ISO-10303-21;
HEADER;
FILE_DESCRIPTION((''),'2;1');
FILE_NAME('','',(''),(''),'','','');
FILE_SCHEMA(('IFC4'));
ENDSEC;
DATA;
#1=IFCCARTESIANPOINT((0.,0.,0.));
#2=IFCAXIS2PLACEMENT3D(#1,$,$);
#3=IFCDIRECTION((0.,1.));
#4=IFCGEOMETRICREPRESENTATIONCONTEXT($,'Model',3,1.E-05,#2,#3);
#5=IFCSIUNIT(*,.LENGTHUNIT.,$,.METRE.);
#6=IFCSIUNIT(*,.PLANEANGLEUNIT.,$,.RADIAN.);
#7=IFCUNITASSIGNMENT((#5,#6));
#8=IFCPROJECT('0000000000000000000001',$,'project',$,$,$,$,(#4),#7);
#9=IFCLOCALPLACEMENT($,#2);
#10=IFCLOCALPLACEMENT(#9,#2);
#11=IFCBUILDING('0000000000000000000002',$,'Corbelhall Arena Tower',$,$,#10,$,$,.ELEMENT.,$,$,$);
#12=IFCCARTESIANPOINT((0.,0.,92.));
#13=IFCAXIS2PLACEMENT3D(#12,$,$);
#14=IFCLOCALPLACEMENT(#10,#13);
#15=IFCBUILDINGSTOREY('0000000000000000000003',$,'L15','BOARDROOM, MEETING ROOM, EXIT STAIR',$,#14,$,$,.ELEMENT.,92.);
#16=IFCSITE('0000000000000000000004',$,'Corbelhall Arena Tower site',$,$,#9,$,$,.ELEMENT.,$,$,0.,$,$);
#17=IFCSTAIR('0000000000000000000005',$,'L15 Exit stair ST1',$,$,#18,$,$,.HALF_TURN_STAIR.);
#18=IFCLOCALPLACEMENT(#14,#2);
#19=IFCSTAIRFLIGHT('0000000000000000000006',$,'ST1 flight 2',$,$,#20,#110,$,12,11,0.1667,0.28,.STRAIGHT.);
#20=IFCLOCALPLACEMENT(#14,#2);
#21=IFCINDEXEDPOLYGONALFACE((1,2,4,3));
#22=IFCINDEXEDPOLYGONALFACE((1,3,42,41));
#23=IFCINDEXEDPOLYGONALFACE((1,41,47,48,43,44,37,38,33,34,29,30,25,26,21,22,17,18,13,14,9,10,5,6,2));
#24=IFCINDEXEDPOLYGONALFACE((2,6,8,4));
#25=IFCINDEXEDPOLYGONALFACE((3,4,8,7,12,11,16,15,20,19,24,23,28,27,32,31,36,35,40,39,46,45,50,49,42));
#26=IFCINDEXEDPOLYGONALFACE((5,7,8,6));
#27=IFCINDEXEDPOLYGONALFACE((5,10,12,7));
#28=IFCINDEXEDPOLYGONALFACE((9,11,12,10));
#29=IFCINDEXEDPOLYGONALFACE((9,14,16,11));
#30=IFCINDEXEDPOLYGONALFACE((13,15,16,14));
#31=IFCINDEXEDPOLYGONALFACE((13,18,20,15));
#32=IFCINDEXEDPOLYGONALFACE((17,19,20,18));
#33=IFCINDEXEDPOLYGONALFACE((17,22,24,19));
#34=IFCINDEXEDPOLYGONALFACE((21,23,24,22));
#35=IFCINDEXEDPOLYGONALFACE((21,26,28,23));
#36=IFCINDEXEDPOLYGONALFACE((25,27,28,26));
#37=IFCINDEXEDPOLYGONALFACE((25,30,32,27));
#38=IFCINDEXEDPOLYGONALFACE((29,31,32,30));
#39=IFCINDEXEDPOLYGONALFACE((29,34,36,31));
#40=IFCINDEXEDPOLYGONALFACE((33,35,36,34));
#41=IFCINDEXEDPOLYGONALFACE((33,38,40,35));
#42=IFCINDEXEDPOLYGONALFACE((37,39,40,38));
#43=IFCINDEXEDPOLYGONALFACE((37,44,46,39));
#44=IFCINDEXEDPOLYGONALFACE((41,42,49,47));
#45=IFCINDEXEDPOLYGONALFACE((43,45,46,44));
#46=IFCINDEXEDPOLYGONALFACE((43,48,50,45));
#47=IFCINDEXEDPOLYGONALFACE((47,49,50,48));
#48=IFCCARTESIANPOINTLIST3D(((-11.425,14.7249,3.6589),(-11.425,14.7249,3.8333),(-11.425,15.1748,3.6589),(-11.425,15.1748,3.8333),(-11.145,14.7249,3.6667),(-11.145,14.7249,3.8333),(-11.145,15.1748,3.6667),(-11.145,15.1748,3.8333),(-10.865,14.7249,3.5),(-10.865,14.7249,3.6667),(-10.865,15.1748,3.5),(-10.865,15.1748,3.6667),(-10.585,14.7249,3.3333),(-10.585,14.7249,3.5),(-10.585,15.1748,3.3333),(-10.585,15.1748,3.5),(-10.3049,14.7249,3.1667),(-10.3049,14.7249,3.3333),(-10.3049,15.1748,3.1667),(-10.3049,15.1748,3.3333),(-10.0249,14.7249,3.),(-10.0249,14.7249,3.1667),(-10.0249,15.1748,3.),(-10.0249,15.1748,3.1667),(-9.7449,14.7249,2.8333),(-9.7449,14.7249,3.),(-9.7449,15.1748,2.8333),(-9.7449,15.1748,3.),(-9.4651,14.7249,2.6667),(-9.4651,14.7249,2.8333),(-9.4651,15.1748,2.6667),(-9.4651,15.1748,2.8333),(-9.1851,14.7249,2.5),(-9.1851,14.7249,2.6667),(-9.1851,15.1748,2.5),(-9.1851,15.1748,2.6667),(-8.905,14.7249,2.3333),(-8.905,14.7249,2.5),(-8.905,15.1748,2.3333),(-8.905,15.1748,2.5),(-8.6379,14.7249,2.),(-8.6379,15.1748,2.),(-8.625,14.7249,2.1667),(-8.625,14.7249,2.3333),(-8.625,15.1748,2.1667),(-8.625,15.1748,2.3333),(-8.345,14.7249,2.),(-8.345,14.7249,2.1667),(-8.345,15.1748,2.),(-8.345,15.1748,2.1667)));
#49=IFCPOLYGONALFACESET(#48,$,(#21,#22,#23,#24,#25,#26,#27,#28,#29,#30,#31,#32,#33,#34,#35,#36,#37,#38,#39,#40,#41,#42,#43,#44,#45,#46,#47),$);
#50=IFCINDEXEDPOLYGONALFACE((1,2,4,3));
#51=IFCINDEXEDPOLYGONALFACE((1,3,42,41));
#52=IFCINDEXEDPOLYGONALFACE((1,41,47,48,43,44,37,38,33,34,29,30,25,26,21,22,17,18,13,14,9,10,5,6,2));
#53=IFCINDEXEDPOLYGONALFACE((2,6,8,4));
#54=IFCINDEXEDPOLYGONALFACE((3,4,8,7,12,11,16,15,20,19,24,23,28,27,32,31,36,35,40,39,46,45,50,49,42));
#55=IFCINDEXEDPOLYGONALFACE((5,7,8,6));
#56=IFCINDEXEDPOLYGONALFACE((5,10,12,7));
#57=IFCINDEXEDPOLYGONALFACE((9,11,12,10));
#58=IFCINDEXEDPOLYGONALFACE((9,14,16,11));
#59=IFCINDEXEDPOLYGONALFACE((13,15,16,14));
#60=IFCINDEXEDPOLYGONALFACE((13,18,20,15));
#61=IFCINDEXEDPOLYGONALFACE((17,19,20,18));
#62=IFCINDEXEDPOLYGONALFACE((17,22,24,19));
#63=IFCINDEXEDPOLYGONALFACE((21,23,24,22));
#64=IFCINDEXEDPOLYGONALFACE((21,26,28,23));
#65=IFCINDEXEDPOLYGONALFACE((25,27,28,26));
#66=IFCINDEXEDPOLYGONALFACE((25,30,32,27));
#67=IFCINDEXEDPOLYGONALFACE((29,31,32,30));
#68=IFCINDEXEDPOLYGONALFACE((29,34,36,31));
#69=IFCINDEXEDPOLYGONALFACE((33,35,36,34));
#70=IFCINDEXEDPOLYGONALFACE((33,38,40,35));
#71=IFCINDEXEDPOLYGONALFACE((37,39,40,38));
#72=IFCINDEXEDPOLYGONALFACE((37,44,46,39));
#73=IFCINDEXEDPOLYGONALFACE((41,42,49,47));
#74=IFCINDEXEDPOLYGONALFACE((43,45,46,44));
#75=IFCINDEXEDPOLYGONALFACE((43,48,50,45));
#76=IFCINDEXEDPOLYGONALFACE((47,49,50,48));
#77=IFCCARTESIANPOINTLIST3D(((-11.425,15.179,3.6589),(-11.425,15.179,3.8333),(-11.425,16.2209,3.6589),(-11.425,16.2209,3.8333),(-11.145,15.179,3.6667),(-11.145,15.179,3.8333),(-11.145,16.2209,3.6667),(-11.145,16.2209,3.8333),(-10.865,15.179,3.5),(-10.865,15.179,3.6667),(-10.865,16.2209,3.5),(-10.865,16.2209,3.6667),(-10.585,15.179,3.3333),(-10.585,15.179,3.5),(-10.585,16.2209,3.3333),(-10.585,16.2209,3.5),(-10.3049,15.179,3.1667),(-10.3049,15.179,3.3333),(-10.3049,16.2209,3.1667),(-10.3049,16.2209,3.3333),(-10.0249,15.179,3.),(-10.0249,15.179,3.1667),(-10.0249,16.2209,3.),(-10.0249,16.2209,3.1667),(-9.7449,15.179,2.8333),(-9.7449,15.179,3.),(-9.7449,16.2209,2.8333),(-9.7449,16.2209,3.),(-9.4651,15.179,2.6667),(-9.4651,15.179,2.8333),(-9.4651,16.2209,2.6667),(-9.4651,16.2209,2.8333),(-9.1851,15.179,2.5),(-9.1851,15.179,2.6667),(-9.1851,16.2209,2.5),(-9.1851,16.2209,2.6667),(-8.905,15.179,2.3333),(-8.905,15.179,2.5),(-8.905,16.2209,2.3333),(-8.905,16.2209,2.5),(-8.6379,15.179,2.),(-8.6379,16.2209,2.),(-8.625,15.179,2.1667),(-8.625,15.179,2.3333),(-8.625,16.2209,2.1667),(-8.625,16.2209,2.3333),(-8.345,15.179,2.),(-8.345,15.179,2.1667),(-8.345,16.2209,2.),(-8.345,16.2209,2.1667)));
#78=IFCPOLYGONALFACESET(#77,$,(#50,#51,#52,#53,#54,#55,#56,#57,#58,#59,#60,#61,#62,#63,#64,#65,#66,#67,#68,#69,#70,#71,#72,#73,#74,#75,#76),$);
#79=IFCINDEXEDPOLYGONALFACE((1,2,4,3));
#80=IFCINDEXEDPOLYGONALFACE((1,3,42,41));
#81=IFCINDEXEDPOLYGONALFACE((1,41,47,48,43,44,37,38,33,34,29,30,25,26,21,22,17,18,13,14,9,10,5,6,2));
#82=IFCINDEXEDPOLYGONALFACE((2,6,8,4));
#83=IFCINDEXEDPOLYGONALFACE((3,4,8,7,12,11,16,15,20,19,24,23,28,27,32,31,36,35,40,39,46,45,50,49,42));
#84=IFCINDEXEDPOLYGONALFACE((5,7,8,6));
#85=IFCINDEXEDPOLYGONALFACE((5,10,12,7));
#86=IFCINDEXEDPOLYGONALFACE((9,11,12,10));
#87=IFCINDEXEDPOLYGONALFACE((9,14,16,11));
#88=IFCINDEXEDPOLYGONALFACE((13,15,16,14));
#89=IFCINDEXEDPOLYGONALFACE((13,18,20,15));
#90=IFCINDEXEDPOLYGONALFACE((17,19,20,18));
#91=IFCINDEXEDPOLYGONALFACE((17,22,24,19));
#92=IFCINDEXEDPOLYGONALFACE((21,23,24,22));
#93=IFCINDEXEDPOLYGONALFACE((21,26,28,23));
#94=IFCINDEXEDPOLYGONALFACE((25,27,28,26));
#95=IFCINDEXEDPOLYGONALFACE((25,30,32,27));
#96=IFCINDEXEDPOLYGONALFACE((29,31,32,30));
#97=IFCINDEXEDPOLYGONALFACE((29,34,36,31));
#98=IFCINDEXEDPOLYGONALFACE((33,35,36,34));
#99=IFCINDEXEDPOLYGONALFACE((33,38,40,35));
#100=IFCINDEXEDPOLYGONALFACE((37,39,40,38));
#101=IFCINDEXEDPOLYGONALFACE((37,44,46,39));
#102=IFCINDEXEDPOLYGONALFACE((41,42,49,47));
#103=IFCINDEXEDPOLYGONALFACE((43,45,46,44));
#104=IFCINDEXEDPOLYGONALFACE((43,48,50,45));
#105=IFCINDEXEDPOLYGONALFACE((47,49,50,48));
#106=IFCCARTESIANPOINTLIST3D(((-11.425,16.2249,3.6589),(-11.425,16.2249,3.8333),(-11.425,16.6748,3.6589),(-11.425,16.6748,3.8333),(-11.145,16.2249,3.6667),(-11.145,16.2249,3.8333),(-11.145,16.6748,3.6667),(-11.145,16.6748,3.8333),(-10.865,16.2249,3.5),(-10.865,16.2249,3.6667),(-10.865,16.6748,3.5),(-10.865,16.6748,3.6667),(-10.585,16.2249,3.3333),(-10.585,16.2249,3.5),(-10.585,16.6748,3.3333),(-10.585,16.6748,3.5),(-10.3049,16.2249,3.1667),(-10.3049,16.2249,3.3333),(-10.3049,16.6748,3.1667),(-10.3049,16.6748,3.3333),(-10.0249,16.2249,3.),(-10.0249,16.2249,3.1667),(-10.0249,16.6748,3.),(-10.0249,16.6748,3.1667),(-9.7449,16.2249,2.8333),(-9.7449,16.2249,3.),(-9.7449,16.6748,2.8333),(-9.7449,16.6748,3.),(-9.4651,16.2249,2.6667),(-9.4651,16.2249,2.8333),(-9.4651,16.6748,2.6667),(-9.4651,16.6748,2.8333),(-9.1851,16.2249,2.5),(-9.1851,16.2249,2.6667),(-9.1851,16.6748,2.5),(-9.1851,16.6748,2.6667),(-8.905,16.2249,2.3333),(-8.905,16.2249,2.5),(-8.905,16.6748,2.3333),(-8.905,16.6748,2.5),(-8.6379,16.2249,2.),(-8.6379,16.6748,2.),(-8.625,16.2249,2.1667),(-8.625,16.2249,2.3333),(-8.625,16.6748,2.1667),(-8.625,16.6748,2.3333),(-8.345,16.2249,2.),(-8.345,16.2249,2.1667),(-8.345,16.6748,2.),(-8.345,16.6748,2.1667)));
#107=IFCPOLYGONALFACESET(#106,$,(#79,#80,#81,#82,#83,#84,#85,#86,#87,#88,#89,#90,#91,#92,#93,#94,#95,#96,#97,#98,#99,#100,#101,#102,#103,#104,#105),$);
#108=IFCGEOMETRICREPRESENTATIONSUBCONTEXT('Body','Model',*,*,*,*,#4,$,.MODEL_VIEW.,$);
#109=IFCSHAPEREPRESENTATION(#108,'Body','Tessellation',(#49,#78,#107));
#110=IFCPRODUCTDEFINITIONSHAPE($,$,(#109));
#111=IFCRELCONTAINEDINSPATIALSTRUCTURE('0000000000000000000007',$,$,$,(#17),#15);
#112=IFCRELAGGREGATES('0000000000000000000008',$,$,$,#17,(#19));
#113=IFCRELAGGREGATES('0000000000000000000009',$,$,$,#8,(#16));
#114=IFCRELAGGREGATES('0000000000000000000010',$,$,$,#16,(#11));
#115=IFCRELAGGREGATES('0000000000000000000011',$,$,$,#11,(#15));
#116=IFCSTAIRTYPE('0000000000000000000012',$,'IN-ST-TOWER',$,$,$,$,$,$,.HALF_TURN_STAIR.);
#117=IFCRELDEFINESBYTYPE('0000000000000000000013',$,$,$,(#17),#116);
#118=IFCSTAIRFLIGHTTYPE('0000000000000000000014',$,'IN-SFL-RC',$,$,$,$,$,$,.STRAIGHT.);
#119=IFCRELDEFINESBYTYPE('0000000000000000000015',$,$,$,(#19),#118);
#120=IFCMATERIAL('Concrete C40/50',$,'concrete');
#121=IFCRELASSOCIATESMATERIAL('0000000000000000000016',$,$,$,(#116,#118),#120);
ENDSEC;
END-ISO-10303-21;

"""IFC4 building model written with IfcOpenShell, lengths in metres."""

from ifc_helpers import new_model, si_unit, direction, frame, origin, place, context, subcontext, project, spatial, polyline, outline, extrude, material, type_object, element, aggregate, save


model = new_model("IFC4")

# Units and contexts
model_context = context("Model", 3, precision=1e-05, world=origin(), true_north=direction((0.0, 1.0)))
body_context = subcontext(model_context, "Body", "Model", "MODEL_VIEW")
ifc_project = project(units=[si_unit("LENGTHUNIT", "METRE"), si_unit("PLANEANGLEUNIT", "RADIAN")], contexts=[model_context])

# Site, building, storey
site_placement = place(None, origin())
site = spatial("IfcSite", under=ifc_project, at=site_placement, Name="Corbelhall Arena Tower site", CompositionType="ELEMENT", RefElevation=0.0)
building_placement = place(site_placement, origin())
building = spatial("IfcBuilding", under=site, at=building_placement, Name="Corbelhall Arena Tower", CompositionType="ELEMENT")
storey_placement = place(building_placement, frame((0.0, 0.0, 92.0)))
storey = spatial("IfcBuildingStorey", under=building, at=storey_placement, Name="L15", Description="BOARDROOM, MEETING ROOM, EXIT STAIR", CompositionType="ELEMENT", Elevation=92.0)

# Shared definitions
ifc_material_1 = material(Name="Concrete C40/50", Category="concrete")

# Stair, stair flight
stair_type = type_object("IfcStairType", Name="IN-ST-TOWER", PredefinedType="HALF_TURN_STAIR", material=ifc_material_1)
stair_placement = place(storey_placement, origin())
stair = element("IfcStair", 1, at=stair_placement, inside=storey, type_object=stair_type, Name="L15 Exit stair ST1", PredefinedType="HALF_TURN_STAIR")
stair_flight_type = type_object("IfcStairFlightType", Name="IN-SFL-RC", PredefinedType="STRAIGHT", material=ifc_material_1)
stair_flight_placement = place(storey_placement, frame((-8.345, 15.7, 2.0), z_axis=(0.0, 0.0, 1.0), x_axis=(-1.0, 0.0, 0.0)))
stair_flight = element("IfcStairFlight", 2, at=stair_flight_placement, type_object=stair_flight_type, Name="ST1 flight 2", NumberOfRisers=12, NumberOfTreads=11, PredefinedType="STRAIGHT", RiserHeight=0.1667, TreadLength=0.28, context=body_context, shape_type="SweptSolid", body=[
    extrude(outline(polyline([(0.0, 0.0), (0.0, 0.1667), (0.28, 0.1667), (0.28, 0.3333), (0.5601, 0.3333), (0.5601, 0.5), (0.8401, 0.5), (0.8401, 0.6667), (1.1201, 0.6667), (1.1201, 0.8333), (1.3999, 0.8333), (1.3999, 1.0), (1.6799, 1.0), (1.6799, 1.1667), (1.96, 1.1667), (1.96, 1.3333), (2.24, 1.3333), (2.24, 1.5), (2.52, 1.5), (2.52, 1.6667), (2.8, 1.6667), (2.8, 1.8333), (3.0801, 1.8333), (3.0801, 2.0), (3.0801, 1.6589), (0.293, 0.0), (0.0, 0.0)])), frame((0.0, 0.9751, 0.0), z_axis=(0.0, -1.0, 0.0), x_axis=(1.0, 0.0, 0.0)), (0.0, 0.0, 1.0), 0.45),
    extrude(outline(polyline([(0.0, 0.0), (0.0, 0.1667), (0.28, 0.1667), (0.28, 0.3333), (0.5601, 0.3333), (0.5601, 0.5), (0.8401, 0.5), (0.8401, 0.6667), (1.1201, 0.6667), (1.1201, 0.8333), (1.3999, 0.8333), (1.3999, 1.0), (1.6799, 1.0), (1.6799, 1.1667), (1.96, 1.1667), (1.96, 1.3333), (2.24, 1.3333), (2.24, 1.5), (2.52, 1.5), (2.52, 1.6667), (2.8, 1.6667), (2.8, 1.8333), (3.0801, 1.8333), (3.0801, 2.0), (3.0801, 1.6589), (0.293, 0.0), (0.0, 0.0)])), frame((0.0, 0.521, 0.0), z_axis=(0.0, -1.0, 0.0), x_axis=(1.0, 0.0, 0.0)), (0.0, 0.0, 1.0), 1.042),
    extrude(outline(polyline([(0.0, 0.0), (0.0, 0.1667), (0.28, 0.1667), (0.28, 0.3333), (0.5601, 0.3333), (0.5601, 0.5), (0.8401, 0.5), (0.8401, 0.6667), (1.1201, 0.6667), (1.1201, 0.8333), (1.3999, 0.8333), (1.3999, 1.0), (1.6799, 1.0), (1.6799, 1.1667), (1.96, 1.1667), (1.96, 1.3333), (2.24, 1.3333), (2.24, 1.5), (2.52, 1.5), (2.52, 1.6667), (2.8, 1.6667), (2.8, 1.8333), (3.0801, 1.8333), (3.0801, 2.0), (3.0801, 1.6589), (0.293, 0.0), (0.0, 0.0)])), frame((0.0, -0.5249, 0.0), z_axis=(0.0, -1.0, 0.0), x_axis=(1.0, 0.0, 0.0)), (0.0, 0.0, 1.0), 0.45),
])
aggregate(stair, [stair_flight])

save(model, "model.ifc")
